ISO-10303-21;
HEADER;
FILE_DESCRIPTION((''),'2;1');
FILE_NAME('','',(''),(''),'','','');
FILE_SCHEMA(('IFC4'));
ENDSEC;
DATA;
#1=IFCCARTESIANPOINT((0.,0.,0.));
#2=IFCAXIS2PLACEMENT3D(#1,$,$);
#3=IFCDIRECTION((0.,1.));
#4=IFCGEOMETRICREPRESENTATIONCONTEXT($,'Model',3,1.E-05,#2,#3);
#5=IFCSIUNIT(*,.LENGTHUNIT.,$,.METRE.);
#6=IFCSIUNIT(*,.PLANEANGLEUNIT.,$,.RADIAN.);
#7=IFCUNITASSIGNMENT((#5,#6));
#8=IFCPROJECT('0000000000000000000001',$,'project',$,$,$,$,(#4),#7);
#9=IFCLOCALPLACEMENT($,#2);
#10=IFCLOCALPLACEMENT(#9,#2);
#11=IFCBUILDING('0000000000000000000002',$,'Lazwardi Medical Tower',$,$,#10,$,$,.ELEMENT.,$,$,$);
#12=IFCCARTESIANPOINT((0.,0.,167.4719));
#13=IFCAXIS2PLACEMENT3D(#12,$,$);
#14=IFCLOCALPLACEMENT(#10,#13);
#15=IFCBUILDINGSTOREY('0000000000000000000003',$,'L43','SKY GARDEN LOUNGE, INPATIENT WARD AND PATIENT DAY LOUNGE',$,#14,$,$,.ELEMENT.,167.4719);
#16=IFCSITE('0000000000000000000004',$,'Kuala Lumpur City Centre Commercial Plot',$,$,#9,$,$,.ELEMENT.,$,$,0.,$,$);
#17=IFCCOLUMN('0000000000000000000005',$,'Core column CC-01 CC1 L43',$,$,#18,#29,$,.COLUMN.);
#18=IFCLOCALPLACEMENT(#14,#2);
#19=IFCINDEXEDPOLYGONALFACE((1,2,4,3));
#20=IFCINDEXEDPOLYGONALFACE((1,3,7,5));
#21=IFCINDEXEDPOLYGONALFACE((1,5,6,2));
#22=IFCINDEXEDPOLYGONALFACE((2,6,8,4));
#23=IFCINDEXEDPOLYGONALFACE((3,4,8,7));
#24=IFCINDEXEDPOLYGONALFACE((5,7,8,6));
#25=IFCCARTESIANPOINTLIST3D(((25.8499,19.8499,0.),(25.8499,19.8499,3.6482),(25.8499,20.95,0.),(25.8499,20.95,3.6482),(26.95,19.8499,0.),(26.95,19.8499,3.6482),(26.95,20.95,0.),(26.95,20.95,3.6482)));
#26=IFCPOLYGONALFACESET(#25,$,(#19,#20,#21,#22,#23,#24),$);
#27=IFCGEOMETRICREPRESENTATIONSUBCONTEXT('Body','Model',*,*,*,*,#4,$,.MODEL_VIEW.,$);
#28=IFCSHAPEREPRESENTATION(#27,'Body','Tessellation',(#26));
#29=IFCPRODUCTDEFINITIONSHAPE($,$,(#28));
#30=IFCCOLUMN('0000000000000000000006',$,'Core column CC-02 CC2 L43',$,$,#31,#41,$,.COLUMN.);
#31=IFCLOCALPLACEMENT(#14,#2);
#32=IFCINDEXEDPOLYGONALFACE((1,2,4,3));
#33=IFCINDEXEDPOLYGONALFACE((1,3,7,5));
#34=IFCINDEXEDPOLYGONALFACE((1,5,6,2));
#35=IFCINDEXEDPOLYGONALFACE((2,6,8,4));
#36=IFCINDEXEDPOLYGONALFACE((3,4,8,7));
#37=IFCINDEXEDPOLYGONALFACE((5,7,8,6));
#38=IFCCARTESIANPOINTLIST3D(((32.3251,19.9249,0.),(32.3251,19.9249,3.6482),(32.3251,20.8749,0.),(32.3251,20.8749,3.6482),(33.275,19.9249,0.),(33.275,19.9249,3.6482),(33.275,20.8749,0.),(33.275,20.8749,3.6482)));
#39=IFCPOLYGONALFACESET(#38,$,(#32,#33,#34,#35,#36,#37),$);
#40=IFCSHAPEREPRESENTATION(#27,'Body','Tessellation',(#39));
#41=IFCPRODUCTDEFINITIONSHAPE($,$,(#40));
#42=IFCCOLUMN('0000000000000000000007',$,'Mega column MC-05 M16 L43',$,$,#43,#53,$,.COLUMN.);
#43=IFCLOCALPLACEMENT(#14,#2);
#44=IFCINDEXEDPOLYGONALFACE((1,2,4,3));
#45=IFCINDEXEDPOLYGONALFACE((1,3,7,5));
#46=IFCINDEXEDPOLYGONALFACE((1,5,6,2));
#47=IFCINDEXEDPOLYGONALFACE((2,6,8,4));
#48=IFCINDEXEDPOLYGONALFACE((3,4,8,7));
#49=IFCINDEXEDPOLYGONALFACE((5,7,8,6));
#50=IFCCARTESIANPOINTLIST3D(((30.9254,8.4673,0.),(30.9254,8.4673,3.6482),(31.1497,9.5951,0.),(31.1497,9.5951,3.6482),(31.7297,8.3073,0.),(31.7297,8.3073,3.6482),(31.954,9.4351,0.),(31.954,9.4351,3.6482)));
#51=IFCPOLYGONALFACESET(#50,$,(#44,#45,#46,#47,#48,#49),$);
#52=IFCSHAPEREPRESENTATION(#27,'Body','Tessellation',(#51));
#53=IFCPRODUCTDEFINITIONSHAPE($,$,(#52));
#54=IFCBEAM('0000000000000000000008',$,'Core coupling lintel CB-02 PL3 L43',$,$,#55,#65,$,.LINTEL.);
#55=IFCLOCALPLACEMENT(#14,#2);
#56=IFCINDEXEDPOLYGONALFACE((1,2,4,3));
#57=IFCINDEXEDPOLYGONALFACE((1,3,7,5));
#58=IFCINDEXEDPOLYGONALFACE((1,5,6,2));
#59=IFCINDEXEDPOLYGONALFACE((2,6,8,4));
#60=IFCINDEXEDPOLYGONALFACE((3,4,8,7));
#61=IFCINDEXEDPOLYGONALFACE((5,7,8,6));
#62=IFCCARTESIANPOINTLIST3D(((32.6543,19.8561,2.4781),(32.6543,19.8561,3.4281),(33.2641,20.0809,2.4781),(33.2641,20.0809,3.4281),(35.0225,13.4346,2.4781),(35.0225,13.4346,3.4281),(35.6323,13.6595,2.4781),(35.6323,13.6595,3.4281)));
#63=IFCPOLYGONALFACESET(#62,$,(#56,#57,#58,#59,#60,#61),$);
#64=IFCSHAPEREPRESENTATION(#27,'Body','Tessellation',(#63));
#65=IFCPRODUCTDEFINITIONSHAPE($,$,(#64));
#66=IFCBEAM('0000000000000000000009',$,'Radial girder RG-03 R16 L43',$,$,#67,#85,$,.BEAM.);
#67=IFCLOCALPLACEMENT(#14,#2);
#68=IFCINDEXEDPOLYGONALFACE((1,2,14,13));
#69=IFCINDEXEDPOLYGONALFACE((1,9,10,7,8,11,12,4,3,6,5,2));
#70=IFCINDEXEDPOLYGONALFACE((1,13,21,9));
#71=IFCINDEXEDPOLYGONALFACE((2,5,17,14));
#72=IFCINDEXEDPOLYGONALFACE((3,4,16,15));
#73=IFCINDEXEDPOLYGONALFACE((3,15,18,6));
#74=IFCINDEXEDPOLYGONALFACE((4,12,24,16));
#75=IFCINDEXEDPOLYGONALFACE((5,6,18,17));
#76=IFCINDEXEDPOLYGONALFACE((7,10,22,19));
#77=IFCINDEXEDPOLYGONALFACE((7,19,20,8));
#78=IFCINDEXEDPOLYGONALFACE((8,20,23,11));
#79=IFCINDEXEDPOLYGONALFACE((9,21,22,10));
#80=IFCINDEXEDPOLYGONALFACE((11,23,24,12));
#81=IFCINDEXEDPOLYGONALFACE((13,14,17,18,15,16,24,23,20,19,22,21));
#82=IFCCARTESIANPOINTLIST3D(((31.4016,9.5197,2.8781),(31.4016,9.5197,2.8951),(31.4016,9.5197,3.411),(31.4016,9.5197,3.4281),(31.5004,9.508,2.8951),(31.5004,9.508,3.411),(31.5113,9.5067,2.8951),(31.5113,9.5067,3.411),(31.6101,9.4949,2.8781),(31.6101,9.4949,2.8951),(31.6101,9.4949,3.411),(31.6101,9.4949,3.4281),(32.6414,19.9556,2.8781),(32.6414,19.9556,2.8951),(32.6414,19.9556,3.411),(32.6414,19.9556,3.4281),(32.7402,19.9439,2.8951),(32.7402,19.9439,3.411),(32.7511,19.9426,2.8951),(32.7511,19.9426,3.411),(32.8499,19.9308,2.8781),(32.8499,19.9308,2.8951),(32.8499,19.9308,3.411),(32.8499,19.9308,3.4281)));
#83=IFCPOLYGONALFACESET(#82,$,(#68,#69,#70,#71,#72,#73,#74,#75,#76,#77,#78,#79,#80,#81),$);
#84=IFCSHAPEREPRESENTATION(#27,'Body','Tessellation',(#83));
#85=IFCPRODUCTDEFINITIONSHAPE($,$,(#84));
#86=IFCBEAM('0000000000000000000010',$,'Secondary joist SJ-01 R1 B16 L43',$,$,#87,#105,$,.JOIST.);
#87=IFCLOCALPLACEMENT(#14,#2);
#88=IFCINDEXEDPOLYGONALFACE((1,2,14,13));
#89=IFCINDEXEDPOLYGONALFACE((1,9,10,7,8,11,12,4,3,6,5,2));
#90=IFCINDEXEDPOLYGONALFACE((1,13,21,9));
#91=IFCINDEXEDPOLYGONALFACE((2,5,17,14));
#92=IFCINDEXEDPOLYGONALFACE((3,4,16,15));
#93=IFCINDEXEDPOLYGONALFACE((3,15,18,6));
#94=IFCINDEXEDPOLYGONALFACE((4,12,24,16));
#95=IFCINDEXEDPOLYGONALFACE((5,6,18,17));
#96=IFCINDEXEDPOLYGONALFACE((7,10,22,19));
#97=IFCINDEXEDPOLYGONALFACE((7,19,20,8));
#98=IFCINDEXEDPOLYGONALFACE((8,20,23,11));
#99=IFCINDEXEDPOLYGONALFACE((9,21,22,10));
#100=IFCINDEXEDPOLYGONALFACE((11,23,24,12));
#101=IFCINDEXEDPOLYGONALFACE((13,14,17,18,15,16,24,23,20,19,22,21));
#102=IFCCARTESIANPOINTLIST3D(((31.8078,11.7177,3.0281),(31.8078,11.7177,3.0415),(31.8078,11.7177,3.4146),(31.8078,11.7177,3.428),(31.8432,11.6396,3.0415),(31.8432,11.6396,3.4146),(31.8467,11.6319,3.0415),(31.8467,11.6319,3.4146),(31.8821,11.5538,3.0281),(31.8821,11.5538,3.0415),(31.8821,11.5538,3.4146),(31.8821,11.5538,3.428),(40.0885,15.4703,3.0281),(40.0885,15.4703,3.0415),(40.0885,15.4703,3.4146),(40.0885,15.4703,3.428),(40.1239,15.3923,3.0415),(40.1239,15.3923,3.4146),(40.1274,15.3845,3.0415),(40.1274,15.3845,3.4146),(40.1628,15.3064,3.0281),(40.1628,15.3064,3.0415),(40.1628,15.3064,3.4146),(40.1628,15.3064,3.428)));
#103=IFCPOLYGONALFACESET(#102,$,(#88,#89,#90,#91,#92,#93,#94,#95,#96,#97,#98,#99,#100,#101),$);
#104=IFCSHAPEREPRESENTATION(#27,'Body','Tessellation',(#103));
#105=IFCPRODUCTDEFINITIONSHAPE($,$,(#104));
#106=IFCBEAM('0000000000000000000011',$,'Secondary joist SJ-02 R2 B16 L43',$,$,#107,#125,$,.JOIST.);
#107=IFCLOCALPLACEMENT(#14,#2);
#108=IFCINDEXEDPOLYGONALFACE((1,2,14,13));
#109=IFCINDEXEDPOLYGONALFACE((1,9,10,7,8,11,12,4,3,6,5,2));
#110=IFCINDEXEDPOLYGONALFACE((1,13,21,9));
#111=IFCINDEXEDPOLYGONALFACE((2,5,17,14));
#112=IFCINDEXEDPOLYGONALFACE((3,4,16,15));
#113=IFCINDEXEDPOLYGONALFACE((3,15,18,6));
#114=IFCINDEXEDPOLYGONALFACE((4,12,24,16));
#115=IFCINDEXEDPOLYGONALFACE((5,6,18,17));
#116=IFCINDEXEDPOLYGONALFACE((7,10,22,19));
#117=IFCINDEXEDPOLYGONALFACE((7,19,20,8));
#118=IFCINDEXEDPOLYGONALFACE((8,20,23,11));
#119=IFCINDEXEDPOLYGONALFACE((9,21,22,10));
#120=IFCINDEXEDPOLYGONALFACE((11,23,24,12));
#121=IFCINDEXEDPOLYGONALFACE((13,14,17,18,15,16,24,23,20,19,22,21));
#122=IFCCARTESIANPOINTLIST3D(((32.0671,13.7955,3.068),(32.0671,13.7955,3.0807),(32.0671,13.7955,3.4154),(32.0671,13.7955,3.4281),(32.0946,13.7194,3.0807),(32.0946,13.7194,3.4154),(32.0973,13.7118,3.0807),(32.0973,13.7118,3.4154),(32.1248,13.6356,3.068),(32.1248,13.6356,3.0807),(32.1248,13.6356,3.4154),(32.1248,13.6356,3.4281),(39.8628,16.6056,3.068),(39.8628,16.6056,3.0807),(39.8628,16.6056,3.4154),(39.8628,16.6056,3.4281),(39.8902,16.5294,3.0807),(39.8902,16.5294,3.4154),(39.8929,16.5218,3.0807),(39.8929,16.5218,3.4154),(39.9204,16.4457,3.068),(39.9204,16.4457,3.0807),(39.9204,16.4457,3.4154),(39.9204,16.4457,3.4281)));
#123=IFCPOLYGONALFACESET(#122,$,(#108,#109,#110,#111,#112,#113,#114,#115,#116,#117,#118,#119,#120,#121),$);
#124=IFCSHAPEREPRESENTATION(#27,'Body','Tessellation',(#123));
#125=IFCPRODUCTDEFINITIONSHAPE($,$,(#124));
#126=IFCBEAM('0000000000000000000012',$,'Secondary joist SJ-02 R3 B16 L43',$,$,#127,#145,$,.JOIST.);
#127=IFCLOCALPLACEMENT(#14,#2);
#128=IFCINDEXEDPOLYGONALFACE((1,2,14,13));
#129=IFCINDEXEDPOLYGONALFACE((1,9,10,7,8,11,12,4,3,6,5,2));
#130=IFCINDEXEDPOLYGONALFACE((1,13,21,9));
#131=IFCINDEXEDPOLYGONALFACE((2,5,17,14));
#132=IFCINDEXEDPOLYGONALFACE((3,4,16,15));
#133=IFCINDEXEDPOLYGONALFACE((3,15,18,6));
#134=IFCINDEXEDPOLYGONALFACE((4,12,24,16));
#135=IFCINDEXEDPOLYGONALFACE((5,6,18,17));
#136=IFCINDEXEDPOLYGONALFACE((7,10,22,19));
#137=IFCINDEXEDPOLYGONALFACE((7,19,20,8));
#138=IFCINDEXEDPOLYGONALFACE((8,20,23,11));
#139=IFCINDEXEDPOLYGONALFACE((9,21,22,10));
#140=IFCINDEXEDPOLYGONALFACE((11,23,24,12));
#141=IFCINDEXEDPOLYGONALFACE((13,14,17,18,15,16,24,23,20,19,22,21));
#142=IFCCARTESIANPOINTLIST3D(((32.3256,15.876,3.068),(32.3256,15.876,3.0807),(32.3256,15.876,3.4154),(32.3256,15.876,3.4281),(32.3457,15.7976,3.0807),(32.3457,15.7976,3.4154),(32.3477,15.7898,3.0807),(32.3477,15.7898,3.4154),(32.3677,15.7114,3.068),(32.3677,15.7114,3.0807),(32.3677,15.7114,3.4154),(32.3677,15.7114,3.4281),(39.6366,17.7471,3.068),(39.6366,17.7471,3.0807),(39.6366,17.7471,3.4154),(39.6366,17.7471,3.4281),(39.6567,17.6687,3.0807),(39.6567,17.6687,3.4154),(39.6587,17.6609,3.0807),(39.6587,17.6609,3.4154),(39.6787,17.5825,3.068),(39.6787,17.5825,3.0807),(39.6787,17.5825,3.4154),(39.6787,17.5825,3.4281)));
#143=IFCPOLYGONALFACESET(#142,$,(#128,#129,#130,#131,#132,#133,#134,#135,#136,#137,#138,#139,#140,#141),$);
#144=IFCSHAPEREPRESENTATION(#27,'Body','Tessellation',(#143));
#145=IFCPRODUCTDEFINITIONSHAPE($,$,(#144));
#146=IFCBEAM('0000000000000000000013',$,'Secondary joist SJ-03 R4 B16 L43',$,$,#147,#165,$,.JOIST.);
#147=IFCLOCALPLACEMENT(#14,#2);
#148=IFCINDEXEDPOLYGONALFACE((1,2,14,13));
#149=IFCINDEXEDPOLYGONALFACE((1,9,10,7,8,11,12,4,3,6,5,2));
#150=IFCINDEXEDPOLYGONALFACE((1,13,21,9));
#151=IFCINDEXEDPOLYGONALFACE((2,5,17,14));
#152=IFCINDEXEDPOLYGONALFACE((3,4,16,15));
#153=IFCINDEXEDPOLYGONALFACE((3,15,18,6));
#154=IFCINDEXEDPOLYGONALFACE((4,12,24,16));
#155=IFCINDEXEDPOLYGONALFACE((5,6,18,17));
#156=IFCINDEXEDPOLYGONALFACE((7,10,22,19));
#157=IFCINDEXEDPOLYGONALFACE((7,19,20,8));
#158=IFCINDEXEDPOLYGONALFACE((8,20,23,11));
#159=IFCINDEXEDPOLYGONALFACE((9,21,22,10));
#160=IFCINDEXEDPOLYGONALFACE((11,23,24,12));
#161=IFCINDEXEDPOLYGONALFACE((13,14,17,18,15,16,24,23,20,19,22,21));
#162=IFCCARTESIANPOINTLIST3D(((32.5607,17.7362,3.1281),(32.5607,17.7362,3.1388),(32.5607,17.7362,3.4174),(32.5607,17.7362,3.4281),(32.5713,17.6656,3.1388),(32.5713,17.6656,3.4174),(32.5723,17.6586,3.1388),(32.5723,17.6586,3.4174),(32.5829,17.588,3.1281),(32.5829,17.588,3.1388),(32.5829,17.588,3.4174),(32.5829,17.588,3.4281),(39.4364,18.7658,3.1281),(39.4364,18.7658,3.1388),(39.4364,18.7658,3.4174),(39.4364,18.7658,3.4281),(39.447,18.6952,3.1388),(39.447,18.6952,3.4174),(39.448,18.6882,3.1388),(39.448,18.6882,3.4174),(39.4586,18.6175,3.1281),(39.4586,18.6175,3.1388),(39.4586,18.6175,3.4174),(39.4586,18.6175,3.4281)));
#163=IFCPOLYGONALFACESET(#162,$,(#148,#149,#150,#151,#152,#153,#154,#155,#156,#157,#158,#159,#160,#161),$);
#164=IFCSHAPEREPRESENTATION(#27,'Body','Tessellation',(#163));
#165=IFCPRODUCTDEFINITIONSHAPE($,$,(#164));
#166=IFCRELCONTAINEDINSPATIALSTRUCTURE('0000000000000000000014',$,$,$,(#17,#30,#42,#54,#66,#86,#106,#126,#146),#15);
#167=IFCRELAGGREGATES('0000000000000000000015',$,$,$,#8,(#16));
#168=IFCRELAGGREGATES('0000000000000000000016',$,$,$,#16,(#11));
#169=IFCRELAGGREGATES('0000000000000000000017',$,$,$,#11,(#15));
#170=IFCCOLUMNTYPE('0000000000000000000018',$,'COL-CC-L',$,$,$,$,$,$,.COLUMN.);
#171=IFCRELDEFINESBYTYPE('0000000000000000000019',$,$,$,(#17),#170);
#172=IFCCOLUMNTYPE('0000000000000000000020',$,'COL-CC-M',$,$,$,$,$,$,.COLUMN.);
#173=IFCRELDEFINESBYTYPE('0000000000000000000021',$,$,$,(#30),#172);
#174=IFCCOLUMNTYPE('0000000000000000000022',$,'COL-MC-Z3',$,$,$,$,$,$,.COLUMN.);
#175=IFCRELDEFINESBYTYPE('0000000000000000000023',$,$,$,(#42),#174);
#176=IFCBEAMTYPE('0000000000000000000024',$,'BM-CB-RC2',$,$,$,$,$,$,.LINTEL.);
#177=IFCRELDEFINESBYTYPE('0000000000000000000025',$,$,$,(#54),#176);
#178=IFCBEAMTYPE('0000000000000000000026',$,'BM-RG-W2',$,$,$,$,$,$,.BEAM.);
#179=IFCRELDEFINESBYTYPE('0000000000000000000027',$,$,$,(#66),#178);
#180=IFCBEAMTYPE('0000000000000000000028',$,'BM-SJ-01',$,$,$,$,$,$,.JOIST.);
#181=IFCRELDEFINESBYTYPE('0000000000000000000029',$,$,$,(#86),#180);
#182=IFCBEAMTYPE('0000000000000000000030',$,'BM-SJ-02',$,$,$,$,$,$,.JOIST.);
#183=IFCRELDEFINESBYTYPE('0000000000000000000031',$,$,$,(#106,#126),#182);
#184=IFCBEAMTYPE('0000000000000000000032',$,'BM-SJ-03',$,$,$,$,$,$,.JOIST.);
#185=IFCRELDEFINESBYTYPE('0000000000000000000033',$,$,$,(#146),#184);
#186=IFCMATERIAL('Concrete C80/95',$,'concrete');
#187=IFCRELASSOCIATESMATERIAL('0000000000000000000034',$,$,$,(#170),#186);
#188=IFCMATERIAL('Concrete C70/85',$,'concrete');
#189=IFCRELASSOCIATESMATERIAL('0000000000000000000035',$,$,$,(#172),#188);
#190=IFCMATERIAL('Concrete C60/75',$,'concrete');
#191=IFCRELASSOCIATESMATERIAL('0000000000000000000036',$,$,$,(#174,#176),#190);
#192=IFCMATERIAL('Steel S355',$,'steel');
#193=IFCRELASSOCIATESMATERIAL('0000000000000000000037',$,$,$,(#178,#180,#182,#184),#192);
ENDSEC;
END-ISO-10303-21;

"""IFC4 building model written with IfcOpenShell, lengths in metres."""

from ifc_helpers import new_model, si_unit, direction, frame, origin, origin_2d, place, context, subcontext, project, spatial, rectangle, i_section, extrude, material, material_profile, profile_set, type_object, element, save


model = new_model("IFC4")

# Units and contexts
model_context = context("Model", 3, precision=1e-05, world=origin(), true_north=direction((0.0, 1.0)))
body_context = subcontext(model_context, "Body", "Model", "MODEL_VIEW")
ifc_project = project(units=[si_unit("LENGTHUNIT", "METRE"), si_unit("PLANEANGLEUNIT", "RADIAN")], contexts=[model_context])

# Site, building, storey
site_placement = place(None, origin())
site = spatial("IfcSite", under=ifc_project, at=site_placement, Name="Kuala Lumpur City Centre Commercial Plot", CompositionType="ELEMENT", RefElevation=0.0)
building_placement = place(site_placement, origin())
building = spatial("IfcBuilding", under=site, at=building_placement, Name="Lazwardi Medical Tower", CompositionType="ELEMENT")
storey_placement = place(building_placement, frame((0.0, 0.0, 167.4719)))
storey = spatial("IfcBuildingStorey", under=building, at=storey_placement, Name="L43", Description="SKY GARDEN LOUNGE, INPATIENT WARD AND PATIENT DAY LOUNGE", CompositionType="ELEMENT", Elevation=167.4719)

# Columns
ifc_material_1 = material(Name="Concrete C80/95", Category="concrete")
ifc_material_profile_1 = material_profile(ifc_material_1, rectangle(XDim=1.1001, YDim=1.1001, at=origin_2d()), Name="RC 1100x1100")
ifc_profile_set_1 = profile_set([ifc_material_profile_1], Name="Concrete C80/95")
column_type_1 = type_object("IfcColumnType", Name="COL-CC-L", PredefinedType="COLUMN", material=ifc_profile_set_1)
column_1_placement = place(storey_placement, frame((26.3999, 20.3999, 0.0), z_axis=(0.0, 0.0, 1.0), x_axis=(1.0, 0.0, 0.0)))
element("IfcColumn", 1, at=column_1_placement, inside=storey, type_object=column_type_1, Name="Core column CC-01 CC1 L43", PredefinedType="COLUMN", context=body_context, shape_type="SweptSolid", body=[
    extrude(rectangle(XDim=1.1001, YDim=1.1001, at=origin_2d()), origin(), (0.0, 0.0, 1.0), 3.6482),
])
ifc_material_2 = material(Name="Concrete C70/85", Category="concrete")
ifc_material_profile_2 = material_profile(ifc_material_2, rectangle(XDim=0.95, YDim=0.95, at=origin_2d()), Name="RC 950x950")
ifc_profile_set_2 = profile_set([ifc_material_profile_2], Name="Concrete C70/85")
column_type_2 = type_object("IfcColumnType", Name="COL-CC-M", PredefinedType="COLUMN", material=ifc_profile_set_2)
column_2_placement = place(storey_placement, frame((32.8, 20.3999, 0.0), z_axis=(0.0, 0.0, 1.0), x_axis=(1.0, 0.0, 0.0)))
element("IfcColumn", 2, at=column_2_placement, inside=storey, type_object=column_type_2, Name="Core column CC-02 CC2 L43", PredefinedType="COLUMN", context=body_context, shape_type="SweptSolid", body=[
    extrude(rectangle(XDim=0.95, YDim=0.95, at=origin_2d()), origin(), (0.0, 0.0, 1.0), 3.6482),
])
ifc_material_3 = material(Name="Concrete C60/75", Category="concrete")
ifc_material_profile_3 = material_profile(ifc_material_3, rectangle(XDim=1.1499, YDim=0.8201, at=origin_2d()), Name="CFT-RECT 1150x820")
ifc_profile_set_3 = profile_set([ifc_material_profile_3], Name="Concrete C60/75")
column_type_3 = type_object("IfcColumnType", Name="COL-MC-Z3", PredefinedType="COLUMN", material=ifc_profile_set_3)
column_3_placement = place(storey_placement, frame((31.4397, 8.9512, 0.0), z_axis=(0.0, 0.0, 1.0), x_axis=(-0.19509, -0.980785, 0.0)))
element("IfcColumn", 3, at=column_3_placement, inside=storey, type_object=column_type_3, Name="Mega column MC-05 M16 L43", PredefinedType="COLUMN", context=body_context, shape_type="SweptSolid", body=[
    extrude(rectangle(XDim=1.1499, YDim=0.8201, at=origin_2d()), origin(), (0.0, 0.0, 1.0), 3.6482),
])

# Beams
ifc_material_profile_4 = material_profile(ifc_material_3, rectangle(XDim=0.6499, YDim=0.95, at=origin_2d()), Name="RC 650x950")
ifc_profile_set_4 = profile_set([ifc_material_profile_4], Name="Concrete C60/75")
beam_type_1 = type_object("IfcBeamType", Name="BM-CB-RC2", PredefinedType="LINTEL", material=ifc_profile_set_4)
beam_1_placement = place(storey_placement, frame((32.9592, 19.9685, 2.9531), z_axis=(0.346013, -0.93823, 0.0), x_axis=(0.93823, 0.346013, 0.0)))
element("IfcBeam", 4, at=beam_1_placement, inside=storey, type_object=beam_type_1, Name="Core coupling lintel CB-02 PL3 L43", PredefinedType="LINTEL", context=body_context, shape_type="SweptSolid", body=[
    extrude(rectangle(XDim=0.6499, YDim=0.95, at=origin_2d()), origin(), (0.0, 0.0, 1.0), 6.8442),
])
ifc_material_4 = material(Name="Steel S355", Category="steel")
ifc_material_profile_5 = material_profile(ifc_material_4, i_section(OverallWidth=0.21, OverallDepth=0.55, WebThickness=0.011, FlangeThickness=0.0171, at=origin_2d()), Name="IPE 550")
ifc_profile_set_5 = profile_set([ifc_material_profile_5], Name="Steel S355")
beam_type_2 = type_object("IfcBeamType", Name="BM-RG-W2", PredefinedType="BEAM", material=ifc_profile_set_5)
beam_2_placement = place(storey_placement, frame((31.5059, 9.5073, 3.1531), z_axis=(0.117968, 0.993017, 0.0), x_axis=(-0.993017, 0.117968, 0.0)))
element("IfcBeam", 5, at=beam_2_placement, inside=storey, type_object=beam_type_2, Name="Radial girder RG-03 R16 L43", PredefinedType="BEAM", context=body_context, shape_type="SweptSolid", body=[
    extrude(i_section(OverallWidth=0.21, OverallDepth=0.55, WebThickness=0.011, FlangeThickness=0.0171, at=origin_2d()), origin(), (0.0, 0.0, 1.0), 10.5093),
])
ifc_material_profile_6 = material_profile(ifc_material_4, i_section(OverallWidth=0.1799, OverallDepth=0.3999, WebThickness=0.0085, FlangeThickness=0.0134, at=origin_2d()), Name="IPE 400")
ifc_profile_set_6 = profile_set([ifc_material_profile_6], Name="Steel S355")
beam_type_3 = type_object("IfcBeamType", Name="BM-SJ-01", PredefinedType="JOIST", material=ifc_profile_set_6)
beam_3_placement = place(storey_placement, frame((31.845, 11.6357, 3.228), z_axis=(0.910834, 0.412773, 0.0), x_axis=(-0.412773, 0.910834, 0.0)))
element("IfcBeam", 6, at=beam_3_placement, inside=storey, type_object=beam_type_3, Name="Secondary joist SJ-01 R1 B16 L43", PredefinedType="JOIST", context=body_context, shape_type="SweptSolid", body=[
    extrude(i_section(OverallWidth=0.1799, OverallDepth=0.3999, WebThickness=0.0085, FlangeThickness=0.0134, at=origin_2d()), origin(), (0.0, 0.0, 1.0), 9.0913),
])
ifc_material_profile_7 = material_profile(ifc_material_4, i_section(OverallWidth=0.1699, OverallDepth=0.3601, WebThickness=0.0081, FlangeThickness=0.0127, at=origin_2d()), Name="IPE 360")
ifc_profile_set_7 = profile_set([ifc_material_profile_7], Name="Steel S355")
beam_type_4 = type_object("IfcBeamType", Name="BM-SJ-02", PredefinedType="JOIST", material=ifc_profile_set_7)
beam_4_placement = place(storey_placement, frame((32.0959, 13.7156, 3.248), z_axis=(0.940748, 0.339106, 0.0), x_axis=(-0.339106, 0.940748, 0.0)))
element("IfcBeam", 7, at=beam_4_placement, inside=storey, type_object=beam_type_4, Name="Secondary joist SJ-02 R2 B16 L43", PredefinedType="JOIST", context=body_context, shape_type="SweptSolid", body=[
    extrude(i_section(OverallWidth=0.1699, OverallDepth=0.3601, WebThickness=0.0081, FlangeThickness=0.0127, at=origin_2d()), origin(), (0.0, 0.0, 1.0), 8.2866),
])
beam_5_placement = place(storey_placement, frame((32.3467, 15.7937, 3.248), z_axis=(0.968776, 0.247936, 0.0), x_axis=(-0.247936, 0.968776, 0.0)))
element("IfcBeam", 8, at=beam_5_placement, inside=storey, type_object=beam_type_4, Name="Secondary joist SJ-02 R3 B16 L43", PredefinedType="JOIST", context=body_context, shape_type="SweptSolid", body=[
    extrude(i_section(OverallWidth=0.1699, OverallDepth=0.3601, WebThickness=0.0081, FlangeThickness=0.0127, at=origin_2d()), origin(), (0.0, 0.0, 1.0), 7.5466),
])
ifc_material_profile_8 = material_profile(ifc_material_4, i_section(OverallWidth=0.1499, OverallDepth=0.3, WebThickness=0.0071, FlangeThickness=0.0107, at=origin_2d()), Name="IPE 300")
ifc_profile_set_8 = profile_set([ifc_material_profile_8], Name="Steel S355")
beam_type_5 = type_object("IfcBeamType", Name="BM-SJ-03", PredefinedType="JOIST", material=ifc_profile_set_8)
beam_6_placement = place(storey_placement, frame((32.5718, 17.6621, 3.2781), z_axis=(0.988975, 0.148085, 0.0), x_axis=(-0.148085, 0.988975, 0.0)))
element("IfcBeam", 9, at=beam_6_placement, inside=storey, type_object=beam_type_5, Name="Secondary joist SJ-03 R4 B16 L43", PredefinedType="JOIST", context=body_context, shape_type="SweptSolid", body=[
    extrude(i_section(OverallWidth=0.1499, OverallDepth=0.3, WebThickness=0.0071, FlangeThickness=0.0107, at=origin_2d()), origin(), (0.0, 0.0, 1.0), 6.9524),
])

save(model, "model.ifc")
